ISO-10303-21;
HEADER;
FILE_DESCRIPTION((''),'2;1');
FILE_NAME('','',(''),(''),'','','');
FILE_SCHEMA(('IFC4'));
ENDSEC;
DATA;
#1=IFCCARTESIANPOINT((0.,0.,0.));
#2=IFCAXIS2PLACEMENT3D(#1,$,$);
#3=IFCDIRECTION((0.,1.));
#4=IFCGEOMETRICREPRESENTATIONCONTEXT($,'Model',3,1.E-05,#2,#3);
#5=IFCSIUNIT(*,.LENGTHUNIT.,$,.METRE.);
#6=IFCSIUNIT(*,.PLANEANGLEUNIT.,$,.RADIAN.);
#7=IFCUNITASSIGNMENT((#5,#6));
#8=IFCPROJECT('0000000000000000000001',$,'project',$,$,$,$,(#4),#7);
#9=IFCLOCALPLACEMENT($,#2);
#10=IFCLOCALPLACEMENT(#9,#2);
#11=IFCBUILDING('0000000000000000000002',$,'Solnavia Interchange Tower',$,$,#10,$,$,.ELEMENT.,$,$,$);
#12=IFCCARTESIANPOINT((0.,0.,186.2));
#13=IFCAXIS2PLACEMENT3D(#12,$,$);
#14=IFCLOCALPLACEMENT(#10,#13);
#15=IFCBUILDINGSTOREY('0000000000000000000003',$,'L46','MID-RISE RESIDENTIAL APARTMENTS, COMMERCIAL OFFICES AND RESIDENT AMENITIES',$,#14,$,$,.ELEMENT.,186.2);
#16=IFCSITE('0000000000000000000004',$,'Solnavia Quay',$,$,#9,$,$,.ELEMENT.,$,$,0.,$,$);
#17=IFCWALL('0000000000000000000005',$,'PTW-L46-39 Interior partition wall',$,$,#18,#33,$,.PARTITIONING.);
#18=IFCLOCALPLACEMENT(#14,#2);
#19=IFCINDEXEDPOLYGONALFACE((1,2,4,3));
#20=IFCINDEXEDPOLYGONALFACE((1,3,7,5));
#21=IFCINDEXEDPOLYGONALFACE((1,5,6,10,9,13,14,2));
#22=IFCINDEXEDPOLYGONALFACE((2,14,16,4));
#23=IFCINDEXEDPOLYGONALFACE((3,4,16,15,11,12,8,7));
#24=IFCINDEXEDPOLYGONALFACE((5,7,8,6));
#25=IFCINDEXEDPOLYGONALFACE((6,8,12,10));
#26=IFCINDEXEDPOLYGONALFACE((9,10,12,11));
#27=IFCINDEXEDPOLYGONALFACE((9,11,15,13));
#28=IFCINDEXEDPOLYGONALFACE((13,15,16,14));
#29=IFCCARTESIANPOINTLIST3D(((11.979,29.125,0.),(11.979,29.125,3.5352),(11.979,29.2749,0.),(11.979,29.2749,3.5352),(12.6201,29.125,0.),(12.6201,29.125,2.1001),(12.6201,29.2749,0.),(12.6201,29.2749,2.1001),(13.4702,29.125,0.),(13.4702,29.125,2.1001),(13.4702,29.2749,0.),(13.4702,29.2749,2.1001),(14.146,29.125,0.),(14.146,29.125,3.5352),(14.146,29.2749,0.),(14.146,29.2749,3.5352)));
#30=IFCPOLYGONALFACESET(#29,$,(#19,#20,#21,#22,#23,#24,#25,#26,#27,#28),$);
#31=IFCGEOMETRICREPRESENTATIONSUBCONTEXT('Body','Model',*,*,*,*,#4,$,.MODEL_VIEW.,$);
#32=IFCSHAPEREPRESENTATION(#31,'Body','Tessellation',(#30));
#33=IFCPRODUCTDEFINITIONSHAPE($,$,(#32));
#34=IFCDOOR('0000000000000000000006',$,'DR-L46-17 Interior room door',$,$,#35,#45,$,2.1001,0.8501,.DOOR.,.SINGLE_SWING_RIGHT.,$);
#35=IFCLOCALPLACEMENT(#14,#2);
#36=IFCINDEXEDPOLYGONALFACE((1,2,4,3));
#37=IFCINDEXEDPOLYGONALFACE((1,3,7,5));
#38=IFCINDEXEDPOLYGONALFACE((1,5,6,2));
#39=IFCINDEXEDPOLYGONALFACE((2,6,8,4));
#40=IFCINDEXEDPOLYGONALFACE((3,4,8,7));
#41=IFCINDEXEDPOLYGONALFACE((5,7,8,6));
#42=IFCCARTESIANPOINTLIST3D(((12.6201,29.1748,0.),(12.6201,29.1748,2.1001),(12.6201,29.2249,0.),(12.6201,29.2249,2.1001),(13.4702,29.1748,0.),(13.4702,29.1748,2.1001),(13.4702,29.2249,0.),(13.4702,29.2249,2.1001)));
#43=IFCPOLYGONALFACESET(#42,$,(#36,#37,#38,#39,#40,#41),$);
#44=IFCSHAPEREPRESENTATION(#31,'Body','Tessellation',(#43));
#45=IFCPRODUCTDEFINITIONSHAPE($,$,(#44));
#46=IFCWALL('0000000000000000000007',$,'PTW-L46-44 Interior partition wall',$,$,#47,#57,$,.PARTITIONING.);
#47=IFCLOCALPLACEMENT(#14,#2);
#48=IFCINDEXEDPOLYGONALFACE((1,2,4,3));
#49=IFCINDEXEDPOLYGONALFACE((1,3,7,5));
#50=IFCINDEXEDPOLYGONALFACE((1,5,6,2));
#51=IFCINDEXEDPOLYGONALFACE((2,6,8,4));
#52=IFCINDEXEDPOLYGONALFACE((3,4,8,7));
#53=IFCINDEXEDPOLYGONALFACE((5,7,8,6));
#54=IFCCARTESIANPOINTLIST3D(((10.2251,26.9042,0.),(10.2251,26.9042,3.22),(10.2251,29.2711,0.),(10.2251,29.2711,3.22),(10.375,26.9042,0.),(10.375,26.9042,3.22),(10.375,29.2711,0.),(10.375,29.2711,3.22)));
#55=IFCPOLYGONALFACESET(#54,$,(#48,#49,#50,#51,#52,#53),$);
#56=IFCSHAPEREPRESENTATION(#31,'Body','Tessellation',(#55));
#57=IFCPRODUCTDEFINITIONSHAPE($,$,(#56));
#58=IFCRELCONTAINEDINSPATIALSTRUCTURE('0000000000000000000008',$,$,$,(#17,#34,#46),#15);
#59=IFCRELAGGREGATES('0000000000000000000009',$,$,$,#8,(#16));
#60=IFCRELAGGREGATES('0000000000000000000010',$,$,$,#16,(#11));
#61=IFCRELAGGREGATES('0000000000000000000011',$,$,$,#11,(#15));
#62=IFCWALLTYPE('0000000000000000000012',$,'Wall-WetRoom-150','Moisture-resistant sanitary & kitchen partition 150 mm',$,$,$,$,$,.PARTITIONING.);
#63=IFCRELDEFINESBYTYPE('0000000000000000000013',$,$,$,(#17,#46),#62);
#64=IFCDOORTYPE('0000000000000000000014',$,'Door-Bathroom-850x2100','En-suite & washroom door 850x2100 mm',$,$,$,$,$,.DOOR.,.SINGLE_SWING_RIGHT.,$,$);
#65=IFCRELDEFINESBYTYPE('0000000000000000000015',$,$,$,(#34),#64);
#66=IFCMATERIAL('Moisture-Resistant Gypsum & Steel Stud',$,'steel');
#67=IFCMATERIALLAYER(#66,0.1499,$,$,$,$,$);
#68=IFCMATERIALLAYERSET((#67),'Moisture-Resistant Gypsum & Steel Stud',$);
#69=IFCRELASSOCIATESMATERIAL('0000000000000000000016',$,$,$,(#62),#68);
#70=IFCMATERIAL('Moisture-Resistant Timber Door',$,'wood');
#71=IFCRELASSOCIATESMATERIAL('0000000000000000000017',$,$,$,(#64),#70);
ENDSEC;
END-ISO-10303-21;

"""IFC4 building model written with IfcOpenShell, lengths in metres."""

from ifc_helpers import new_model, si_unit, direction, frame, frame_2d, origin, place, context, subcontext, project, spatial, rectangle, extrude, material, layer, layer_set, type_object, element, fill, save


model = new_model("IFC4")

# Units and contexts
model_context = context("Model", 3, precision=1e-05, world=origin(), true_north=direction((0.0, 1.0)))
body_context = subcontext(model_context, "Body", "Model", "MODEL_VIEW")
ifc_project = project(units=[si_unit("LENGTHUNIT", "METRE"), si_unit("PLANEANGLEUNIT", "RADIAN")], contexts=[model_context])

# Site, building, storey
site_placement = place(None, origin())
site = spatial("IfcSite", under=ifc_project, at=site_placement, Name="Solnavia Quay", CompositionType="ELEMENT", RefElevation=0.0)
building_placement = place(site_placement, origin())
building = spatial("IfcBuilding", under=site, at=building_placement, Name="Solnavia Interchange Tower", CompositionType="ELEMENT")
storey_placement = place(building_placement, frame((0.0, 0.0, 186.2)))
storey = spatial("IfcBuildingStorey", under=building, at=storey_placement, Name="L46", Description="MID-RISE RESIDENTIAL APARTMENTS, COMMERCIAL OFFICES AND RESIDENT AMENITIES", CompositionType="ELEMENT", Elevation=186.2)

# Shared definitions
ifc_material_1 = material(Name="Moisture-Resistant Gypsum & Steel Stud", Category="steel")
ifc_layer_1 = layer(ifc_material_1, 0.1499)
ifc_layer_set_1 = layer_set([ifc_layer_1], Name="Moisture-Resistant Gypsum & Steel Stud")
wall_type_1 = type_object("IfcWallType", Name="Wall-WetRoom-150", Description="Moisture-resistant sanitary & kitchen partition 150 mm", PredefinedType="PARTITIONING", material=ifc_layer_set_1)

# Wall, opening, door
wall_1_placement = place(storey_placement, frame((11.979, 29.2, 0.0), z_axis=(0.0, 0.0, 1.0), x_axis=(1.0, 0.0, 0.0)))
wall_1 = element("IfcWall", 1, at=wall_1_placement, inside=storey, type_object=wall_type_1, Name="PTW-L46-39 Interior partition wall", PredefinedType="PARTITIONING", context=body_context, shape_type="SweptSolid", body=[
    extrude(rectangle(XDim=2.167, YDim=0.1499, at=frame_2d((1.0835, 0.0))), origin(), (0.0, 0.0, 1.0), 3.5352),
])
opening_placement = place(wall_1_placement, frame((0.6411, 0.0, 0.0)))
opening = element("IfcOpeningElement", 2, at=opening_placement, cuts=wall_1, PredefinedType="OPENING", context=body_context, shape_type="SweptSolid", body=[
    extrude(rectangle(XDim=0.8501, YDim=2.1001, at=frame_2d((0.425, 1.05))), frame((0.0, 0.085, 0.0), z_axis=(0.0, -1.0, 0.0), x_axis=(1.0, 0.0, 0.0)), (0.0, 0.0, 1.0), 0.1699),
])
ifc_material_2 = material(Name="Moisture-Resistant Timber Door", Category="wood")
door_type = type_object("IfcDoorType", Name="Door-Bathroom-850x2100", Description="En-suite & washroom door 850x2100 mm", OperationType="SINGLE_SWING_RIGHT", PredefinedType="DOOR", material=ifc_material_2)
door_placement = place(opening_placement, origin())
door = element("IfcDoor", 3, at=door_placement, inside=storey, type_object=door_type, Name="DR-L46-17 Interior room door", OperationType="SINGLE_SWING_RIGHT", OverallHeight=2.1001, OverallWidth=0.8501, PredefinedType="DOOR", context=body_context, shape_type="SweptSolid", body=[
    extrude(rectangle(XDim=0.8501, YDim=2.1001, at=frame_2d((0.425, 1.05))), frame((0.0, 0.0249, 0.0), z_axis=(0.0, -1.0, 0.0), x_axis=(1.0, 0.0, 0.0)), (0.0, 0.0, 1.0), 0.05),
])
fill(opening, door)

# Wall
wall_2_placement = place(storey_placement, frame((10.3, 26.9041, 0.0), z_axis=(0.0, 0.0, 1.0), x_axis=(0.0, 1.0, 0.0)))
element("IfcWall", 4, at=wall_2_placement, inside=storey, type_object=wall_type_1, Name="PTW-L46-44 Interior partition wall", PredefinedType="PARTITIONING", context=body_context, shape_type="SweptSolid", body=[
    extrude(rectangle(XDim=2.3669, YDim=0.1499, at=frame_2d((1.1836, 0.0))), origin(), (0.0, 0.0, 1.0), 3.22),
])

save(model, "model.ifc")
